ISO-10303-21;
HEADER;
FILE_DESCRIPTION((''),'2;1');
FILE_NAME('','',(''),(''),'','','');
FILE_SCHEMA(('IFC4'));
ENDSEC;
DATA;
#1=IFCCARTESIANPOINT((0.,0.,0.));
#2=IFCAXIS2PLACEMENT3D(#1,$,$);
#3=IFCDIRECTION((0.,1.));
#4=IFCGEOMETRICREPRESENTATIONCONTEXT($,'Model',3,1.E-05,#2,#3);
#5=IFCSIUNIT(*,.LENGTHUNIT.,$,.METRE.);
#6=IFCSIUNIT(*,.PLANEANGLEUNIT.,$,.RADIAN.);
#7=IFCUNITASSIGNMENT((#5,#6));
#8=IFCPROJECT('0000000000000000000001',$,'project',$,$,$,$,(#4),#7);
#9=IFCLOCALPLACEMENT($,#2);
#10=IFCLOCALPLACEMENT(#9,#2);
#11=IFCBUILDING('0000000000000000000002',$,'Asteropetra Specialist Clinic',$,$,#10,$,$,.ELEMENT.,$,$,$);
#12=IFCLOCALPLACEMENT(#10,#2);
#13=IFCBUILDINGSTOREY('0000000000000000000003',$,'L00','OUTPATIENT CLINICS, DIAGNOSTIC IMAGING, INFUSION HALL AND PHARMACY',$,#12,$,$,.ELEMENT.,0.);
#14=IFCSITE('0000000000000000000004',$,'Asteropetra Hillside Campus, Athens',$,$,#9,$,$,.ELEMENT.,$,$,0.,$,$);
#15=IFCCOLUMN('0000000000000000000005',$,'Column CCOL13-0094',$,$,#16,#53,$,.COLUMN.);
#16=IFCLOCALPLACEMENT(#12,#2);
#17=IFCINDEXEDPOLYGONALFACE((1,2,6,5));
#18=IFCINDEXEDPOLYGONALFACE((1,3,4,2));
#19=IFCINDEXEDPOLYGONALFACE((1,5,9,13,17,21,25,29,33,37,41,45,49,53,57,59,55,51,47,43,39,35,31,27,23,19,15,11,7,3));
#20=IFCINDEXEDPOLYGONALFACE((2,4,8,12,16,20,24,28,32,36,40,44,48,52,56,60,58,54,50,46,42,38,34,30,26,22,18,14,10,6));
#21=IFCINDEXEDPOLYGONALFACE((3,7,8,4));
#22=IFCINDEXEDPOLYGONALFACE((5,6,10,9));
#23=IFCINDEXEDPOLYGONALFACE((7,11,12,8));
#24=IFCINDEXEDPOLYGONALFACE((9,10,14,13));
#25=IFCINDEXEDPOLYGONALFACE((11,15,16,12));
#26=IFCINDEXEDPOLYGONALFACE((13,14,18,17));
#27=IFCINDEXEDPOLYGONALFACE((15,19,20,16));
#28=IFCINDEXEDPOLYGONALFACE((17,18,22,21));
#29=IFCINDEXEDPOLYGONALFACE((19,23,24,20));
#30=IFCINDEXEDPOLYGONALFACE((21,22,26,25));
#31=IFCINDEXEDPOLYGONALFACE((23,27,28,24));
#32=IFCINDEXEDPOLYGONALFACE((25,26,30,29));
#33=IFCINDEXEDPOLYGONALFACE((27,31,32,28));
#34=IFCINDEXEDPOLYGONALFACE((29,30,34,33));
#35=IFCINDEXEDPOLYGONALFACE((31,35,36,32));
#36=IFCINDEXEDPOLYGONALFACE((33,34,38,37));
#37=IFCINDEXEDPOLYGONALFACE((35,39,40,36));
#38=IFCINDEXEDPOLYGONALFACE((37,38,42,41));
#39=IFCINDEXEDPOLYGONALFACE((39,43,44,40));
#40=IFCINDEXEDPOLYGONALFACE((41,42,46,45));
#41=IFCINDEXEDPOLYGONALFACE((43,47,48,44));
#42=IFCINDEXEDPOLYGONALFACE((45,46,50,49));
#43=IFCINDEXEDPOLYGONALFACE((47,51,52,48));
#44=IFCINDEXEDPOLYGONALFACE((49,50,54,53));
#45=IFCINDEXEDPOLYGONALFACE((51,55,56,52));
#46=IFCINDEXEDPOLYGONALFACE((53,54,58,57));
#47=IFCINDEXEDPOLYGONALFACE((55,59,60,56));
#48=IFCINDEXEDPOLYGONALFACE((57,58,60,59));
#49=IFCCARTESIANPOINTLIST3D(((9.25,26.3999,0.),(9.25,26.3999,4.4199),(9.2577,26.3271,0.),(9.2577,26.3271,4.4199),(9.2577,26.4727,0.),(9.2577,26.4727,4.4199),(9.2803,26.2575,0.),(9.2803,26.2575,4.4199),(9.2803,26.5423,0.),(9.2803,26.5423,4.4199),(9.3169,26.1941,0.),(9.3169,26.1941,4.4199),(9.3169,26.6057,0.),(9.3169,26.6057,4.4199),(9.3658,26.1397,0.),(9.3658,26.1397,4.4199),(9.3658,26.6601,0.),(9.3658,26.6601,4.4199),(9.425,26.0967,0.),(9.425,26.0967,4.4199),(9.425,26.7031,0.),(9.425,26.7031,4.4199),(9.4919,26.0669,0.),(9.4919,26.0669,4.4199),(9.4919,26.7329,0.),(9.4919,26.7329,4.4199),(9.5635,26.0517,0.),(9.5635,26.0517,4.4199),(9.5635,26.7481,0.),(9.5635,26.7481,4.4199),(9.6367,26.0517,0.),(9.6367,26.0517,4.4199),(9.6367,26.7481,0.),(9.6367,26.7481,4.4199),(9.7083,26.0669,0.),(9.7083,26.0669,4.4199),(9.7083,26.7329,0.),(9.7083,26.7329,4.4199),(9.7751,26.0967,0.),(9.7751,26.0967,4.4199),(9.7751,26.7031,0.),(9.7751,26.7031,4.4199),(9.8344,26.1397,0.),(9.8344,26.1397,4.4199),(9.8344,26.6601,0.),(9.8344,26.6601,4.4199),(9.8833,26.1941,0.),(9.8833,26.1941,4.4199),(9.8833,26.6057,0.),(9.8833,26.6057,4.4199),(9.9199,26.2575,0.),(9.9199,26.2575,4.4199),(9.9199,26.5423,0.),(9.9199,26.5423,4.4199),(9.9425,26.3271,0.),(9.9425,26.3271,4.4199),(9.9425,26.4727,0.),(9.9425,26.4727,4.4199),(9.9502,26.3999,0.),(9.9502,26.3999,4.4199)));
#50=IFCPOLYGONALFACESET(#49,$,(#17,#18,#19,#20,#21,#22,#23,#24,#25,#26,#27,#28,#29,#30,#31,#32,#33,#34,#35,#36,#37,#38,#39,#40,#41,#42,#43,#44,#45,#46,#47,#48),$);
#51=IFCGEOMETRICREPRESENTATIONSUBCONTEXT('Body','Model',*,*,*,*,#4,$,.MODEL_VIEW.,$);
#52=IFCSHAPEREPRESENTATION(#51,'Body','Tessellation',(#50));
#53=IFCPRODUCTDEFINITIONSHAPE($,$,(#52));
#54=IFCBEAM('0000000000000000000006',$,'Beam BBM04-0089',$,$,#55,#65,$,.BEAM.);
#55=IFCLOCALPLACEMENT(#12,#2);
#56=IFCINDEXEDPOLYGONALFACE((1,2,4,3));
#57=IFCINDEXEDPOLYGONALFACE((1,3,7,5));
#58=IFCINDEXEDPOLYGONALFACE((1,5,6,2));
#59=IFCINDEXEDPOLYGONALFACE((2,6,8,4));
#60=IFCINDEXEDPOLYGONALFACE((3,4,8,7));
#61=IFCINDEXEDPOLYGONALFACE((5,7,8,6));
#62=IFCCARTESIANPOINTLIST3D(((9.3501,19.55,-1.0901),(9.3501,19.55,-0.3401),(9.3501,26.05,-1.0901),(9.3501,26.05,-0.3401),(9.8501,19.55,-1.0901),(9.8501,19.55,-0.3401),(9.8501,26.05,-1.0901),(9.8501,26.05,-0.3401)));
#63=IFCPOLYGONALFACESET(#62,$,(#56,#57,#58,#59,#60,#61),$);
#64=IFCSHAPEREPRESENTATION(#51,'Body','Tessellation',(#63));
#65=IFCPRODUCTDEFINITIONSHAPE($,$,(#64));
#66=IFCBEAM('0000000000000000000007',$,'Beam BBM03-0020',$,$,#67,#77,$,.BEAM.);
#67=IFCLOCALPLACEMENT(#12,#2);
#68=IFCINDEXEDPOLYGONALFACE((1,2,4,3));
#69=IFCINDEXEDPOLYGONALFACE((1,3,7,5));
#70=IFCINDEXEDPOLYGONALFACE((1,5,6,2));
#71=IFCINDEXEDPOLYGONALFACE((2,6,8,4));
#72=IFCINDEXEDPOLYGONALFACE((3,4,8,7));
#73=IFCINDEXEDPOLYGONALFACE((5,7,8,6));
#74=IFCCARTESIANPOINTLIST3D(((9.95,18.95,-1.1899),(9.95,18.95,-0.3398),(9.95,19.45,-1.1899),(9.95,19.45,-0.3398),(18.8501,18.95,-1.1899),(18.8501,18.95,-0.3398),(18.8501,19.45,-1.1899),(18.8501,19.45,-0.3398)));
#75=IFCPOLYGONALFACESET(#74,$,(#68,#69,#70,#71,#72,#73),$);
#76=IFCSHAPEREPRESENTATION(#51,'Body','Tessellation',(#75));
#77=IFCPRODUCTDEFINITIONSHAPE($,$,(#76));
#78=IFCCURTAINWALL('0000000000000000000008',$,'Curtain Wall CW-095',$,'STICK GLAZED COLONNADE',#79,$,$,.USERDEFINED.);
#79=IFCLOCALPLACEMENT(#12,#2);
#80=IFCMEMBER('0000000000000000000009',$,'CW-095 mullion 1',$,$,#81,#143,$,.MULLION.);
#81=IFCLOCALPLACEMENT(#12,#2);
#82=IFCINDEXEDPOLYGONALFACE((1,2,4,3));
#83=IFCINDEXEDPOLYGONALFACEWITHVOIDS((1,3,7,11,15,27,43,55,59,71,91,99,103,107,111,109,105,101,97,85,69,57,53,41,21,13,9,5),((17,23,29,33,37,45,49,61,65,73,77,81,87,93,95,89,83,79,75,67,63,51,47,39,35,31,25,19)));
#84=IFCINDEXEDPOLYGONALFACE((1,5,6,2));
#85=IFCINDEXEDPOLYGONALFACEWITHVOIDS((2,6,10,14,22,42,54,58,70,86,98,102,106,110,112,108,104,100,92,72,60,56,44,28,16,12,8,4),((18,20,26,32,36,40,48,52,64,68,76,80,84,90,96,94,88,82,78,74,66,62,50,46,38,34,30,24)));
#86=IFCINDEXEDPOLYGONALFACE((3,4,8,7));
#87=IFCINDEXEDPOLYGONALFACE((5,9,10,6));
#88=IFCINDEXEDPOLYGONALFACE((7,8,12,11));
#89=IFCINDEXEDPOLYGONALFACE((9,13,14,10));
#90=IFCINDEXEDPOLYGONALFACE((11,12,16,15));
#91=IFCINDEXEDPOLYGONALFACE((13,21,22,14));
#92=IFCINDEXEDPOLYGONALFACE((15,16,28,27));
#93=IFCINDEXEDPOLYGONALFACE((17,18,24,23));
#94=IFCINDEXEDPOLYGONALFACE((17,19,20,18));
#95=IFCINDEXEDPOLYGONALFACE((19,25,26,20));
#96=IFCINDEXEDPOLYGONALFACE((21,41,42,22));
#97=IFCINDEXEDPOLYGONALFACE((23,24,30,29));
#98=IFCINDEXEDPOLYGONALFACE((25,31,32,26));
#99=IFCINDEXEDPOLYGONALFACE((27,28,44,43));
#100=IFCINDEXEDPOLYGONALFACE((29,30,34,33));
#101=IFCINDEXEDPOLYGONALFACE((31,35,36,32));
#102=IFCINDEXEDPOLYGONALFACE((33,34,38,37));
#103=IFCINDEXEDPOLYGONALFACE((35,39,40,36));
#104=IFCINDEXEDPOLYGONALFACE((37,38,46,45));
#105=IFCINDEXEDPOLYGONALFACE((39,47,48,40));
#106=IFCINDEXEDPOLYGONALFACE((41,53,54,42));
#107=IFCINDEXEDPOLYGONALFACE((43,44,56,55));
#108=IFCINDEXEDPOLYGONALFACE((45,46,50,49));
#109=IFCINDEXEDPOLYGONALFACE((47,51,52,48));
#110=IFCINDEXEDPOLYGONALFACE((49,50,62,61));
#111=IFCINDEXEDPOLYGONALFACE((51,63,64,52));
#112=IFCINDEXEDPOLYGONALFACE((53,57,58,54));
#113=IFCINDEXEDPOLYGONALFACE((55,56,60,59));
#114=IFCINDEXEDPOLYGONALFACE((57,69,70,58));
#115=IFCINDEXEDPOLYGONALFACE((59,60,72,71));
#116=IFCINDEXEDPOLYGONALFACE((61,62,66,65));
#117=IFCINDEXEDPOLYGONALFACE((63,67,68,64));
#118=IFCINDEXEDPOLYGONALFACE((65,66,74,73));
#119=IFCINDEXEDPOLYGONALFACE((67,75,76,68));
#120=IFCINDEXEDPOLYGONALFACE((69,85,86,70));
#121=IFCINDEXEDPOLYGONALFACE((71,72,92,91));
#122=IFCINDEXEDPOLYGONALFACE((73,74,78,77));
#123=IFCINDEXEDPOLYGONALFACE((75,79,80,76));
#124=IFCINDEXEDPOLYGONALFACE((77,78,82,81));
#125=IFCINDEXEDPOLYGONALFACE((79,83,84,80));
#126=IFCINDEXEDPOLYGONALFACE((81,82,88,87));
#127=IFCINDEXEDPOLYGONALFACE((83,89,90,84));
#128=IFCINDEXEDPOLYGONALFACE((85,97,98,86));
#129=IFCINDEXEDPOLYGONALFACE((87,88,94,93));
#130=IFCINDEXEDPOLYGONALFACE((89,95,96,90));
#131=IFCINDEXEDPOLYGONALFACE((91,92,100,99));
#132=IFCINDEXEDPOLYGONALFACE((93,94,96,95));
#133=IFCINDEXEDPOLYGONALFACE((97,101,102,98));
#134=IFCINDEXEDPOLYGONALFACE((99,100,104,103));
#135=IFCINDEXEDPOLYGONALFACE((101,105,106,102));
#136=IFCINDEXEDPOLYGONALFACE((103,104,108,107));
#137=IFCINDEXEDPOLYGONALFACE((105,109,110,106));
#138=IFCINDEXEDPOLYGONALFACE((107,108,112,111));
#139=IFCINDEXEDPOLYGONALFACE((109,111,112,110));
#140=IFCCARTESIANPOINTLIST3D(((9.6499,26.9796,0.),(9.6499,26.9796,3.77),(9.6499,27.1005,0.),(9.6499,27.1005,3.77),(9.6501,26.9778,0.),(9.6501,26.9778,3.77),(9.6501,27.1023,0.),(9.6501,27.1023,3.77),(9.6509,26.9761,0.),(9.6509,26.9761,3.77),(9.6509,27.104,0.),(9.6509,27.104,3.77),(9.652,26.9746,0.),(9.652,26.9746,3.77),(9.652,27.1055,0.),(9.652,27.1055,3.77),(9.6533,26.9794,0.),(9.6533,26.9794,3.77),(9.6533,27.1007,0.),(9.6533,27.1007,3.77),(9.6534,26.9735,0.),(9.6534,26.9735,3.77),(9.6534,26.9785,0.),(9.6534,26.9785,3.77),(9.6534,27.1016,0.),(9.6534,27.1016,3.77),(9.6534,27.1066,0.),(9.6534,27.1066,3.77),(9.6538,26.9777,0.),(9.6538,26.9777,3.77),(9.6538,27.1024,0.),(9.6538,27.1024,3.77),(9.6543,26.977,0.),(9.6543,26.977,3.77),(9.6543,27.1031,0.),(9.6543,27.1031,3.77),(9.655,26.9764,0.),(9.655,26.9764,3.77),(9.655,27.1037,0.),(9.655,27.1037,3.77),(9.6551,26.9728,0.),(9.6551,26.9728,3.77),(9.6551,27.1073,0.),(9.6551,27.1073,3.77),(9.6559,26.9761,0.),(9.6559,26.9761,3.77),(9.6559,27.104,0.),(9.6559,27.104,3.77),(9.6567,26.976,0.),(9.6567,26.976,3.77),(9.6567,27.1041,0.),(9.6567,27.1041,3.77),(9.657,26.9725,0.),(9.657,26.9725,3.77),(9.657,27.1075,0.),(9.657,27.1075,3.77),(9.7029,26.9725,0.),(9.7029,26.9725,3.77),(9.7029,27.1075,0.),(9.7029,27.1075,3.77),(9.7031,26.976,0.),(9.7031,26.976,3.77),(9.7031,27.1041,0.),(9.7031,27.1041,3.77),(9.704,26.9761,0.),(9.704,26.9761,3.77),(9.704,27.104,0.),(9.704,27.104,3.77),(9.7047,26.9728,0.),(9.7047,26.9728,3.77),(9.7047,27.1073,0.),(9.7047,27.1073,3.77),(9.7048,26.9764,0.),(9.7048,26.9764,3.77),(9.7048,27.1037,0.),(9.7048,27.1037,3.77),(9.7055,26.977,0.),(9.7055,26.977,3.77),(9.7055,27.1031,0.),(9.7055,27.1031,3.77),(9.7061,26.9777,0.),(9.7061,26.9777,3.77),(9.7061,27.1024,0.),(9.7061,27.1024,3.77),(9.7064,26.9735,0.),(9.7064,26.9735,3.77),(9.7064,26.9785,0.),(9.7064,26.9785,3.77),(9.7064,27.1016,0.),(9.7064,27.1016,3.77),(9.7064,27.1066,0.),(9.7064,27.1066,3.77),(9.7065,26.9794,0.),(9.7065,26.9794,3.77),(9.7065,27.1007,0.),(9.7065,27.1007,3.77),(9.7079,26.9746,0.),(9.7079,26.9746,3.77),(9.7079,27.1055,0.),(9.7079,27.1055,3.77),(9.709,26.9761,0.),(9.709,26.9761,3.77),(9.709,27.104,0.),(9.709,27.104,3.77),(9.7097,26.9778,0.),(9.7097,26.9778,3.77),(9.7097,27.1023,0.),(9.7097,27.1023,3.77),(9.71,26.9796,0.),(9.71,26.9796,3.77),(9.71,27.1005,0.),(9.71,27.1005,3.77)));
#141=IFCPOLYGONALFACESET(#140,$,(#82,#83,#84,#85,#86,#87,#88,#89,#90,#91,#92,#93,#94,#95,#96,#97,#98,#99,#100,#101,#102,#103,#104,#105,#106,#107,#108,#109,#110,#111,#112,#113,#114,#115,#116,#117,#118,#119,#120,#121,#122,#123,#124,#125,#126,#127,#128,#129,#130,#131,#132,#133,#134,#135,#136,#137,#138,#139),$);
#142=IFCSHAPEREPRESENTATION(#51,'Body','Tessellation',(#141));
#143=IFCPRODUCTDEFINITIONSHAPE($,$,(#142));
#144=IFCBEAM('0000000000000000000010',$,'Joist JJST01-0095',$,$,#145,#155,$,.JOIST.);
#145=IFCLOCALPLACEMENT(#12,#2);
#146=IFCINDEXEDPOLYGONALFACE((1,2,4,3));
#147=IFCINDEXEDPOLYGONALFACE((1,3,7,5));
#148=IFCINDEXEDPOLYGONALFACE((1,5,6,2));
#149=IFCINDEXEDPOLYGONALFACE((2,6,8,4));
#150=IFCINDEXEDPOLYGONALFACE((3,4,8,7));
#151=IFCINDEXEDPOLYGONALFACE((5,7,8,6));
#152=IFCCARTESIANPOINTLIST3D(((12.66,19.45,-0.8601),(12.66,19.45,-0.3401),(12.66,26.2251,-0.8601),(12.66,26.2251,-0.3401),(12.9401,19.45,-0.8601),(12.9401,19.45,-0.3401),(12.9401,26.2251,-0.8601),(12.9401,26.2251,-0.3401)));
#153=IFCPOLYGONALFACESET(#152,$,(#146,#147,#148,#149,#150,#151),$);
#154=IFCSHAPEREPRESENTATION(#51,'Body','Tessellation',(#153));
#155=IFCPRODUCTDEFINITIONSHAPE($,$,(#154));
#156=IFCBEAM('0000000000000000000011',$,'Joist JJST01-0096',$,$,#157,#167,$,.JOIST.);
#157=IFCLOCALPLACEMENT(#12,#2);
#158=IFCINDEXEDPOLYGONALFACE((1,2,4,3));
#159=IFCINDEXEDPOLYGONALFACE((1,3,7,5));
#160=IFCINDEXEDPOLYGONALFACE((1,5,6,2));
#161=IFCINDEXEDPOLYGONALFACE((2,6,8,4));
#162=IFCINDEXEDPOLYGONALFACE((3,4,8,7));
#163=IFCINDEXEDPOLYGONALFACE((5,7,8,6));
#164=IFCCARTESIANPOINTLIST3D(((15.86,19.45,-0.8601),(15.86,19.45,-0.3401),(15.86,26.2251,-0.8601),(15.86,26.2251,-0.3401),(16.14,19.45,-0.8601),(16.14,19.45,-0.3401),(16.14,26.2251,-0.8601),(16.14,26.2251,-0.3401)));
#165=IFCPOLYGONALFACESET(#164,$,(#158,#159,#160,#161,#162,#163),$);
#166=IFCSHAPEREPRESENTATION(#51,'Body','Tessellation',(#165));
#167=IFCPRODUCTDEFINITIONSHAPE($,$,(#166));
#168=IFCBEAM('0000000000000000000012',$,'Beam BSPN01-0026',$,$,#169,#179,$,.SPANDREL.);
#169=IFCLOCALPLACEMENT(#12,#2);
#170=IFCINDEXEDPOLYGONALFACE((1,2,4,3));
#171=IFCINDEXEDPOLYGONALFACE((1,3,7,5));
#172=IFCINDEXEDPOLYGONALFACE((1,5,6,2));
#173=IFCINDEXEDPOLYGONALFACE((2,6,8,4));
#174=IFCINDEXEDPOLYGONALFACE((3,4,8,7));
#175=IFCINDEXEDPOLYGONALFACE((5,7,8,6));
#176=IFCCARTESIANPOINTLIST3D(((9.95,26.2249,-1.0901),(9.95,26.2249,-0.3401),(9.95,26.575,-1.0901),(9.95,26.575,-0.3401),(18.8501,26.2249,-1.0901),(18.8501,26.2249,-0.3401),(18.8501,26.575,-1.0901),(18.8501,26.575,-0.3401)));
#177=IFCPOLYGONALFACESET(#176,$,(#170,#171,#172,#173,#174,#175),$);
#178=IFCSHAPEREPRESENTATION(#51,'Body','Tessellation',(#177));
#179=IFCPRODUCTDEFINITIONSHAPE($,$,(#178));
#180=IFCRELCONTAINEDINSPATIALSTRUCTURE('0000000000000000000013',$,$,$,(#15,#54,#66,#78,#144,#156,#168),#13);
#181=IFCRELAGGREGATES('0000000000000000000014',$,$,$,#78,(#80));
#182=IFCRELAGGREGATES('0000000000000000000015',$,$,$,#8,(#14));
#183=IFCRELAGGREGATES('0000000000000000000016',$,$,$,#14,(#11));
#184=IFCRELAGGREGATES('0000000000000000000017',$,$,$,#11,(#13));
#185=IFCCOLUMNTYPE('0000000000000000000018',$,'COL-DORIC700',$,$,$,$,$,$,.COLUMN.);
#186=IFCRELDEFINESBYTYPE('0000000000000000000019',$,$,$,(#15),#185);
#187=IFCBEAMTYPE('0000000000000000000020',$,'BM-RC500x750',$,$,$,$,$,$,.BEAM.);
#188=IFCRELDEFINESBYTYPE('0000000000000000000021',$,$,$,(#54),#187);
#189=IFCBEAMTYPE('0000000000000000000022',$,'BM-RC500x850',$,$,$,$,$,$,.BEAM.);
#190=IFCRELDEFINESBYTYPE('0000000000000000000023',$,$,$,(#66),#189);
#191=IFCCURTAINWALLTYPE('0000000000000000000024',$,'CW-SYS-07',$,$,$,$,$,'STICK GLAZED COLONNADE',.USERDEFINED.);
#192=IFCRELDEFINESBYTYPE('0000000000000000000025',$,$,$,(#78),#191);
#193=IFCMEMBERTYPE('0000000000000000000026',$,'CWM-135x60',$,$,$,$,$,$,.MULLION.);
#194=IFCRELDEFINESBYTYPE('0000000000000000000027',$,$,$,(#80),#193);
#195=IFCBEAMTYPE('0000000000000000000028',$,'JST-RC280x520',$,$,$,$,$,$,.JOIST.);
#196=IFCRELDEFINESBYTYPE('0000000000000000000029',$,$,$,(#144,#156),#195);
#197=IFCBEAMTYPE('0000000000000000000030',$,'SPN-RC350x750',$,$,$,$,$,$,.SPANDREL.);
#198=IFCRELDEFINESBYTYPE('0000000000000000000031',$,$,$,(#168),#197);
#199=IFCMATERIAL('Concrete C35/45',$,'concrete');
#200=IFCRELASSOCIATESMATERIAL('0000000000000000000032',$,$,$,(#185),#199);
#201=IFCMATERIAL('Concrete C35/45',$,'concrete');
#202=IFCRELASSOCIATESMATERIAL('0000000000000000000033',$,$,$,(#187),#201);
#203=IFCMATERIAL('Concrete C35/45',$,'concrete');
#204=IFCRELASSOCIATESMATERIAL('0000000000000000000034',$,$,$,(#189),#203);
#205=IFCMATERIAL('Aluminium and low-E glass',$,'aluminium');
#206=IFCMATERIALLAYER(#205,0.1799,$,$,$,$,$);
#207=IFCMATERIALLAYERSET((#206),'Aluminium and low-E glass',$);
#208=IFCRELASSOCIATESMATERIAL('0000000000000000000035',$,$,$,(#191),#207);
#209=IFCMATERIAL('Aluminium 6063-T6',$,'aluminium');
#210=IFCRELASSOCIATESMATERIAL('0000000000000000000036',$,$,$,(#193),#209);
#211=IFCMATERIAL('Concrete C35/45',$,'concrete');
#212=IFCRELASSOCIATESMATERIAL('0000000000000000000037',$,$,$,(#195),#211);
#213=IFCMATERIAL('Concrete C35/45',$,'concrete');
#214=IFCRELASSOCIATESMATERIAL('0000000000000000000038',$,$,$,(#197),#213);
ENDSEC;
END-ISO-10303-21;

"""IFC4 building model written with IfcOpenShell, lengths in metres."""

from ifc_helpers import new_model, si_unit, direction, frame, origin, origin_2d, place, context, subcontext, project, spatial, rectangle, hollow_rectangle, circle, extrude, material, layer, layer_set, material_profile, profile_set, type_object, element, aggregate, save


model = new_model("IFC4")

# Units and contexts
model_context = context("Model", 3, precision=1e-05, world=origin(), true_north=direction((0.0, 1.0)))
body_context = subcontext(model_context, "Body", "Model", "MODEL_VIEW")
ifc_project = project(units=[si_unit("LENGTHUNIT", "METRE"), si_unit("PLANEANGLEUNIT", "RADIAN")], contexts=[model_context])

# Site, building, storey
site_placement = place(None, origin())
site = spatial("IfcSite", under=ifc_project, at=site_placement, Name="Asteropetra Hillside Campus, Athens", CompositionType="ELEMENT", RefElevation=0.0)
building_placement = place(site_placement, origin())
building = spatial("IfcBuilding", under=site, at=building_placement, Name="Asteropetra Specialist Clinic", CompositionType="ELEMENT")
storey_placement = place(building_placement, origin())
storey = spatial("IfcBuildingStorey", under=building, at=storey_placement, Name="L00", Description="OUTPATIENT CLINICS, DIAGNOSTIC IMAGING, INFUSION HALL AND PHARMACY", CompositionType="ELEMENT", Elevation=0.0)

# Column
ifc_material_1 = material(Name="Concrete C35/45", Category="concrete")
ifc_material_profile_1 = material_profile(ifc_material_1, circle(Radius=0.3501, at=origin_2d()), Name="RCC D700")
ifc_profile_set_1 = profile_set([ifc_material_profile_1], Name="Concrete C35/45")
column_type = type_object("IfcColumnType", Name="COL-DORIC700", PredefinedType="COLUMN", material=ifc_profile_set_1)
column_placement = place(storey_placement, frame((9.6001, 26.3999, 0.0), z_axis=(0.0, 0.0, 1.0), x_axis=(1.0, 0.0, 0.0)))
element("IfcColumn", 1, at=column_placement, inside=storey, type_object=column_type, Name="Column CCOL13-0094", PredefinedType="COLUMN", context=body_context, shape_type="SweptSolid", body=[
    extrude(circle(Radius=0.3501, at=origin_2d()), origin(), (0.0, 0.0, 1.0), 4.4199),
])

# Beams
ifc_material_2 = material(Name="Concrete C35/45", Category="concrete")
ifc_material_profile_2 = material_profile(ifc_material_2, rectangle(XDim=0.5, YDim=0.75, at=origin_2d()), Name="RCB 500x750")
ifc_profile_set_2 = profile_set([ifc_material_profile_2], Name="Concrete C35/45")
beam_type_1 = type_object("IfcBeamType", Name="BM-RC500x750", PredefinedType="BEAM", material=ifc_profile_set_2)
beam_1_placement = place(storey_placement, frame((9.6001, 19.55, -0.7151), z_axis=(0.0, 1.0, 0.0), x_axis=(-1.0, 0.0, 0.0)))
element("IfcBeam", 2, at=beam_1_placement, inside=storey, type_object=beam_type_1, Name="Beam BBM04-0089", PredefinedType="BEAM", context=body_context, shape_type="SweptSolid", body=[
    extrude(rectangle(XDim=0.5, YDim=0.75, at=origin_2d()), origin(), (0.0, 0.0, 1.0), 6.5),
])
ifc_material_3 = material(Name="Concrete C35/45", Category="concrete")
ifc_material_profile_3 = material_profile(ifc_material_3, rectangle(XDim=0.5, YDim=0.8501, at=origin_2d()), Name="RCB 500x850")
ifc_profile_set_3 = profile_set([ifc_material_profile_3], Name="Concrete C35/45")
beam_type_2 = type_object("IfcBeamType", Name="BM-RC500x850", PredefinedType="BEAM", material=ifc_profile_set_3)
beam_2_placement = place(storey_placement, frame((9.95, 19.2, -0.7649), z_axis=(1.0, 0.0, 0.0), x_axis=(0.0, 1.0, 0.0)))
element("IfcBeam", 3, at=beam_2_placement, inside=storey, type_object=beam_type_2, Name="Beam BBM03-0020", PredefinedType="BEAM", context=body_context, shape_type="SweptSolid", body=[
    extrude(rectangle(XDim=0.5, YDim=0.8501, at=origin_2d()), origin(), (0.0, 0.0, 1.0), 8.9001),
])

# Curtain wall, member
ifc_material_4 = material(Name="Aluminium and low-E glass", Category="aluminium")
ifc_layer_1 = layer(ifc_material_4, 0.1799)
ifc_layer_set_1 = layer_set([ifc_layer_1], Name="Aluminium and low-E glass")
curtain_wall_type = type_object("IfcCurtainWallType", Name="CW-SYS-07", ElementType="STICK GLAZED COLONNADE", PredefinedType="USERDEFINED", material=ifc_layer_set_1)
curtain_wall_placement = place(storey_placement, origin())
curtain_wall = element("IfcCurtainWall", 4, at=curtain_wall_placement, inside=storey, type_object=curtain_wall_type, Name="Curtain Wall CW-095", ObjectType="STICK GLAZED COLONNADE", PredefinedType="USERDEFINED")
ifc_material_5 = material(Name="Aluminium 6063-T6", Category="aluminium")
ifc_material_profile_4 = material_profile(ifc_material_5, hollow_rectangle(XDim=0.0601, YDim=0.135, WallThickness=0.0034, InnerFilletRadius=0.0034, OuterFilletRadius=0.0071, at=origin_2d()), Name="MUL 135x60x3.5")
ifc_profile_set_4 = profile_set([ifc_material_profile_4], Name="Aluminium 6063-T6")
member_type = type_object("IfcMemberType", Name="CWM-135x60", PredefinedType="MULLION", material=ifc_profile_set_4)
member_placement = place(storey_placement, frame((9.6799, 27.04, 0.0), z_axis=(0.0, 0.0, 1.0), x_axis=(-1.0, 0.0, 0.0)))
member = element("IfcMember", 5, at=member_placement, type_object=member_type, Name="CW-095 mullion 1", PredefinedType="MULLION", context=body_context, shape_type="SweptSolid", body=[
    extrude(hollow_rectangle(XDim=0.0601, YDim=0.135, WallThickness=0.0034, InnerFilletRadius=0.0034, OuterFilletRadius=0.0071, at=origin_2d()), origin(), (0.0, 0.0, 1.0), 3.77),
])
aggregate(curtain_wall, [member])

# Beams
ifc_material_6 = material(Name="Concrete C35/45", Category="concrete")
ifc_material_profile_5 = material_profile(ifc_material_6, rectangle(XDim=0.28, YDim=0.52, at=origin_2d()), Name="RCJ 280x520")
ifc_profile_set_5 = profile_set([ifc_material_profile_5], Name="Concrete C35/45")
beam_type_3 = type_object("IfcBeamType", Name="JST-RC280x520", PredefinedType="JOIST", material=ifc_profile_set_5)
for number, where, z_axis, x_axis, name in (
    (6, (12.8, 19.45, -0.6001), (0.0, 1.0, 0.0), (-1.0, 0.0, 0.0), "Joist JJST01-0095"),
    (7, (16.0, 19.45, -0.6001), (0.0, 1.0, 0.0), (-1.0, 0.0, 0.0), "Joist JJST01-0096"),
):
    element("IfcBeam", number, at=place(storey_placement, frame(where, z_axis=z_axis, x_axis=x_axis)), inside=storey, type_object=beam_type_3, Name=name, PredefinedType="JOIST", context=body_context, shape_type="SweptSolid", body=[
        extrude(rectangle(XDim=0.28, YDim=0.52, at=origin_2d()), origin(), (0.0, 0.0, 1.0), 6.7751),
    ])
ifc_material_7 = material(Name="Concrete C35/45", Category="concrete")
ifc_material_profile_6 = material_profile(ifc_material_7, rectangle(XDim=0.3501, YDim=0.75, at=origin_2d()), Name="RCS 350x750")
ifc_profile_set_6 = profile_set([ifc_material_profile_6], Name="Concrete C35/45")
beam_type_4 = type_object("IfcBeamType", Name="SPN-RC350x750", PredefinedType="SPANDREL", material=ifc_profile_set_6)
beam_3_placement = place(storey_placement, frame((9.95, 26.3999, -0.7151), z_axis=(1.0, 0.0, 0.0), x_axis=(0.0, 1.0, 0.0)))
element("IfcBeam", 8, at=beam_3_placement, inside=storey, type_object=beam_type_4, Name="Beam BSPN01-0026", PredefinedType="SPANDREL", context=body_context, shape_type="SweptSolid", body=[
    extrude(rectangle(XDim=0.3501, YDim=0.75, at=origin_2d()), origin(), (0.0, 0.0, 1.0), 8.9001),
])

save(model, "model.ifc")
